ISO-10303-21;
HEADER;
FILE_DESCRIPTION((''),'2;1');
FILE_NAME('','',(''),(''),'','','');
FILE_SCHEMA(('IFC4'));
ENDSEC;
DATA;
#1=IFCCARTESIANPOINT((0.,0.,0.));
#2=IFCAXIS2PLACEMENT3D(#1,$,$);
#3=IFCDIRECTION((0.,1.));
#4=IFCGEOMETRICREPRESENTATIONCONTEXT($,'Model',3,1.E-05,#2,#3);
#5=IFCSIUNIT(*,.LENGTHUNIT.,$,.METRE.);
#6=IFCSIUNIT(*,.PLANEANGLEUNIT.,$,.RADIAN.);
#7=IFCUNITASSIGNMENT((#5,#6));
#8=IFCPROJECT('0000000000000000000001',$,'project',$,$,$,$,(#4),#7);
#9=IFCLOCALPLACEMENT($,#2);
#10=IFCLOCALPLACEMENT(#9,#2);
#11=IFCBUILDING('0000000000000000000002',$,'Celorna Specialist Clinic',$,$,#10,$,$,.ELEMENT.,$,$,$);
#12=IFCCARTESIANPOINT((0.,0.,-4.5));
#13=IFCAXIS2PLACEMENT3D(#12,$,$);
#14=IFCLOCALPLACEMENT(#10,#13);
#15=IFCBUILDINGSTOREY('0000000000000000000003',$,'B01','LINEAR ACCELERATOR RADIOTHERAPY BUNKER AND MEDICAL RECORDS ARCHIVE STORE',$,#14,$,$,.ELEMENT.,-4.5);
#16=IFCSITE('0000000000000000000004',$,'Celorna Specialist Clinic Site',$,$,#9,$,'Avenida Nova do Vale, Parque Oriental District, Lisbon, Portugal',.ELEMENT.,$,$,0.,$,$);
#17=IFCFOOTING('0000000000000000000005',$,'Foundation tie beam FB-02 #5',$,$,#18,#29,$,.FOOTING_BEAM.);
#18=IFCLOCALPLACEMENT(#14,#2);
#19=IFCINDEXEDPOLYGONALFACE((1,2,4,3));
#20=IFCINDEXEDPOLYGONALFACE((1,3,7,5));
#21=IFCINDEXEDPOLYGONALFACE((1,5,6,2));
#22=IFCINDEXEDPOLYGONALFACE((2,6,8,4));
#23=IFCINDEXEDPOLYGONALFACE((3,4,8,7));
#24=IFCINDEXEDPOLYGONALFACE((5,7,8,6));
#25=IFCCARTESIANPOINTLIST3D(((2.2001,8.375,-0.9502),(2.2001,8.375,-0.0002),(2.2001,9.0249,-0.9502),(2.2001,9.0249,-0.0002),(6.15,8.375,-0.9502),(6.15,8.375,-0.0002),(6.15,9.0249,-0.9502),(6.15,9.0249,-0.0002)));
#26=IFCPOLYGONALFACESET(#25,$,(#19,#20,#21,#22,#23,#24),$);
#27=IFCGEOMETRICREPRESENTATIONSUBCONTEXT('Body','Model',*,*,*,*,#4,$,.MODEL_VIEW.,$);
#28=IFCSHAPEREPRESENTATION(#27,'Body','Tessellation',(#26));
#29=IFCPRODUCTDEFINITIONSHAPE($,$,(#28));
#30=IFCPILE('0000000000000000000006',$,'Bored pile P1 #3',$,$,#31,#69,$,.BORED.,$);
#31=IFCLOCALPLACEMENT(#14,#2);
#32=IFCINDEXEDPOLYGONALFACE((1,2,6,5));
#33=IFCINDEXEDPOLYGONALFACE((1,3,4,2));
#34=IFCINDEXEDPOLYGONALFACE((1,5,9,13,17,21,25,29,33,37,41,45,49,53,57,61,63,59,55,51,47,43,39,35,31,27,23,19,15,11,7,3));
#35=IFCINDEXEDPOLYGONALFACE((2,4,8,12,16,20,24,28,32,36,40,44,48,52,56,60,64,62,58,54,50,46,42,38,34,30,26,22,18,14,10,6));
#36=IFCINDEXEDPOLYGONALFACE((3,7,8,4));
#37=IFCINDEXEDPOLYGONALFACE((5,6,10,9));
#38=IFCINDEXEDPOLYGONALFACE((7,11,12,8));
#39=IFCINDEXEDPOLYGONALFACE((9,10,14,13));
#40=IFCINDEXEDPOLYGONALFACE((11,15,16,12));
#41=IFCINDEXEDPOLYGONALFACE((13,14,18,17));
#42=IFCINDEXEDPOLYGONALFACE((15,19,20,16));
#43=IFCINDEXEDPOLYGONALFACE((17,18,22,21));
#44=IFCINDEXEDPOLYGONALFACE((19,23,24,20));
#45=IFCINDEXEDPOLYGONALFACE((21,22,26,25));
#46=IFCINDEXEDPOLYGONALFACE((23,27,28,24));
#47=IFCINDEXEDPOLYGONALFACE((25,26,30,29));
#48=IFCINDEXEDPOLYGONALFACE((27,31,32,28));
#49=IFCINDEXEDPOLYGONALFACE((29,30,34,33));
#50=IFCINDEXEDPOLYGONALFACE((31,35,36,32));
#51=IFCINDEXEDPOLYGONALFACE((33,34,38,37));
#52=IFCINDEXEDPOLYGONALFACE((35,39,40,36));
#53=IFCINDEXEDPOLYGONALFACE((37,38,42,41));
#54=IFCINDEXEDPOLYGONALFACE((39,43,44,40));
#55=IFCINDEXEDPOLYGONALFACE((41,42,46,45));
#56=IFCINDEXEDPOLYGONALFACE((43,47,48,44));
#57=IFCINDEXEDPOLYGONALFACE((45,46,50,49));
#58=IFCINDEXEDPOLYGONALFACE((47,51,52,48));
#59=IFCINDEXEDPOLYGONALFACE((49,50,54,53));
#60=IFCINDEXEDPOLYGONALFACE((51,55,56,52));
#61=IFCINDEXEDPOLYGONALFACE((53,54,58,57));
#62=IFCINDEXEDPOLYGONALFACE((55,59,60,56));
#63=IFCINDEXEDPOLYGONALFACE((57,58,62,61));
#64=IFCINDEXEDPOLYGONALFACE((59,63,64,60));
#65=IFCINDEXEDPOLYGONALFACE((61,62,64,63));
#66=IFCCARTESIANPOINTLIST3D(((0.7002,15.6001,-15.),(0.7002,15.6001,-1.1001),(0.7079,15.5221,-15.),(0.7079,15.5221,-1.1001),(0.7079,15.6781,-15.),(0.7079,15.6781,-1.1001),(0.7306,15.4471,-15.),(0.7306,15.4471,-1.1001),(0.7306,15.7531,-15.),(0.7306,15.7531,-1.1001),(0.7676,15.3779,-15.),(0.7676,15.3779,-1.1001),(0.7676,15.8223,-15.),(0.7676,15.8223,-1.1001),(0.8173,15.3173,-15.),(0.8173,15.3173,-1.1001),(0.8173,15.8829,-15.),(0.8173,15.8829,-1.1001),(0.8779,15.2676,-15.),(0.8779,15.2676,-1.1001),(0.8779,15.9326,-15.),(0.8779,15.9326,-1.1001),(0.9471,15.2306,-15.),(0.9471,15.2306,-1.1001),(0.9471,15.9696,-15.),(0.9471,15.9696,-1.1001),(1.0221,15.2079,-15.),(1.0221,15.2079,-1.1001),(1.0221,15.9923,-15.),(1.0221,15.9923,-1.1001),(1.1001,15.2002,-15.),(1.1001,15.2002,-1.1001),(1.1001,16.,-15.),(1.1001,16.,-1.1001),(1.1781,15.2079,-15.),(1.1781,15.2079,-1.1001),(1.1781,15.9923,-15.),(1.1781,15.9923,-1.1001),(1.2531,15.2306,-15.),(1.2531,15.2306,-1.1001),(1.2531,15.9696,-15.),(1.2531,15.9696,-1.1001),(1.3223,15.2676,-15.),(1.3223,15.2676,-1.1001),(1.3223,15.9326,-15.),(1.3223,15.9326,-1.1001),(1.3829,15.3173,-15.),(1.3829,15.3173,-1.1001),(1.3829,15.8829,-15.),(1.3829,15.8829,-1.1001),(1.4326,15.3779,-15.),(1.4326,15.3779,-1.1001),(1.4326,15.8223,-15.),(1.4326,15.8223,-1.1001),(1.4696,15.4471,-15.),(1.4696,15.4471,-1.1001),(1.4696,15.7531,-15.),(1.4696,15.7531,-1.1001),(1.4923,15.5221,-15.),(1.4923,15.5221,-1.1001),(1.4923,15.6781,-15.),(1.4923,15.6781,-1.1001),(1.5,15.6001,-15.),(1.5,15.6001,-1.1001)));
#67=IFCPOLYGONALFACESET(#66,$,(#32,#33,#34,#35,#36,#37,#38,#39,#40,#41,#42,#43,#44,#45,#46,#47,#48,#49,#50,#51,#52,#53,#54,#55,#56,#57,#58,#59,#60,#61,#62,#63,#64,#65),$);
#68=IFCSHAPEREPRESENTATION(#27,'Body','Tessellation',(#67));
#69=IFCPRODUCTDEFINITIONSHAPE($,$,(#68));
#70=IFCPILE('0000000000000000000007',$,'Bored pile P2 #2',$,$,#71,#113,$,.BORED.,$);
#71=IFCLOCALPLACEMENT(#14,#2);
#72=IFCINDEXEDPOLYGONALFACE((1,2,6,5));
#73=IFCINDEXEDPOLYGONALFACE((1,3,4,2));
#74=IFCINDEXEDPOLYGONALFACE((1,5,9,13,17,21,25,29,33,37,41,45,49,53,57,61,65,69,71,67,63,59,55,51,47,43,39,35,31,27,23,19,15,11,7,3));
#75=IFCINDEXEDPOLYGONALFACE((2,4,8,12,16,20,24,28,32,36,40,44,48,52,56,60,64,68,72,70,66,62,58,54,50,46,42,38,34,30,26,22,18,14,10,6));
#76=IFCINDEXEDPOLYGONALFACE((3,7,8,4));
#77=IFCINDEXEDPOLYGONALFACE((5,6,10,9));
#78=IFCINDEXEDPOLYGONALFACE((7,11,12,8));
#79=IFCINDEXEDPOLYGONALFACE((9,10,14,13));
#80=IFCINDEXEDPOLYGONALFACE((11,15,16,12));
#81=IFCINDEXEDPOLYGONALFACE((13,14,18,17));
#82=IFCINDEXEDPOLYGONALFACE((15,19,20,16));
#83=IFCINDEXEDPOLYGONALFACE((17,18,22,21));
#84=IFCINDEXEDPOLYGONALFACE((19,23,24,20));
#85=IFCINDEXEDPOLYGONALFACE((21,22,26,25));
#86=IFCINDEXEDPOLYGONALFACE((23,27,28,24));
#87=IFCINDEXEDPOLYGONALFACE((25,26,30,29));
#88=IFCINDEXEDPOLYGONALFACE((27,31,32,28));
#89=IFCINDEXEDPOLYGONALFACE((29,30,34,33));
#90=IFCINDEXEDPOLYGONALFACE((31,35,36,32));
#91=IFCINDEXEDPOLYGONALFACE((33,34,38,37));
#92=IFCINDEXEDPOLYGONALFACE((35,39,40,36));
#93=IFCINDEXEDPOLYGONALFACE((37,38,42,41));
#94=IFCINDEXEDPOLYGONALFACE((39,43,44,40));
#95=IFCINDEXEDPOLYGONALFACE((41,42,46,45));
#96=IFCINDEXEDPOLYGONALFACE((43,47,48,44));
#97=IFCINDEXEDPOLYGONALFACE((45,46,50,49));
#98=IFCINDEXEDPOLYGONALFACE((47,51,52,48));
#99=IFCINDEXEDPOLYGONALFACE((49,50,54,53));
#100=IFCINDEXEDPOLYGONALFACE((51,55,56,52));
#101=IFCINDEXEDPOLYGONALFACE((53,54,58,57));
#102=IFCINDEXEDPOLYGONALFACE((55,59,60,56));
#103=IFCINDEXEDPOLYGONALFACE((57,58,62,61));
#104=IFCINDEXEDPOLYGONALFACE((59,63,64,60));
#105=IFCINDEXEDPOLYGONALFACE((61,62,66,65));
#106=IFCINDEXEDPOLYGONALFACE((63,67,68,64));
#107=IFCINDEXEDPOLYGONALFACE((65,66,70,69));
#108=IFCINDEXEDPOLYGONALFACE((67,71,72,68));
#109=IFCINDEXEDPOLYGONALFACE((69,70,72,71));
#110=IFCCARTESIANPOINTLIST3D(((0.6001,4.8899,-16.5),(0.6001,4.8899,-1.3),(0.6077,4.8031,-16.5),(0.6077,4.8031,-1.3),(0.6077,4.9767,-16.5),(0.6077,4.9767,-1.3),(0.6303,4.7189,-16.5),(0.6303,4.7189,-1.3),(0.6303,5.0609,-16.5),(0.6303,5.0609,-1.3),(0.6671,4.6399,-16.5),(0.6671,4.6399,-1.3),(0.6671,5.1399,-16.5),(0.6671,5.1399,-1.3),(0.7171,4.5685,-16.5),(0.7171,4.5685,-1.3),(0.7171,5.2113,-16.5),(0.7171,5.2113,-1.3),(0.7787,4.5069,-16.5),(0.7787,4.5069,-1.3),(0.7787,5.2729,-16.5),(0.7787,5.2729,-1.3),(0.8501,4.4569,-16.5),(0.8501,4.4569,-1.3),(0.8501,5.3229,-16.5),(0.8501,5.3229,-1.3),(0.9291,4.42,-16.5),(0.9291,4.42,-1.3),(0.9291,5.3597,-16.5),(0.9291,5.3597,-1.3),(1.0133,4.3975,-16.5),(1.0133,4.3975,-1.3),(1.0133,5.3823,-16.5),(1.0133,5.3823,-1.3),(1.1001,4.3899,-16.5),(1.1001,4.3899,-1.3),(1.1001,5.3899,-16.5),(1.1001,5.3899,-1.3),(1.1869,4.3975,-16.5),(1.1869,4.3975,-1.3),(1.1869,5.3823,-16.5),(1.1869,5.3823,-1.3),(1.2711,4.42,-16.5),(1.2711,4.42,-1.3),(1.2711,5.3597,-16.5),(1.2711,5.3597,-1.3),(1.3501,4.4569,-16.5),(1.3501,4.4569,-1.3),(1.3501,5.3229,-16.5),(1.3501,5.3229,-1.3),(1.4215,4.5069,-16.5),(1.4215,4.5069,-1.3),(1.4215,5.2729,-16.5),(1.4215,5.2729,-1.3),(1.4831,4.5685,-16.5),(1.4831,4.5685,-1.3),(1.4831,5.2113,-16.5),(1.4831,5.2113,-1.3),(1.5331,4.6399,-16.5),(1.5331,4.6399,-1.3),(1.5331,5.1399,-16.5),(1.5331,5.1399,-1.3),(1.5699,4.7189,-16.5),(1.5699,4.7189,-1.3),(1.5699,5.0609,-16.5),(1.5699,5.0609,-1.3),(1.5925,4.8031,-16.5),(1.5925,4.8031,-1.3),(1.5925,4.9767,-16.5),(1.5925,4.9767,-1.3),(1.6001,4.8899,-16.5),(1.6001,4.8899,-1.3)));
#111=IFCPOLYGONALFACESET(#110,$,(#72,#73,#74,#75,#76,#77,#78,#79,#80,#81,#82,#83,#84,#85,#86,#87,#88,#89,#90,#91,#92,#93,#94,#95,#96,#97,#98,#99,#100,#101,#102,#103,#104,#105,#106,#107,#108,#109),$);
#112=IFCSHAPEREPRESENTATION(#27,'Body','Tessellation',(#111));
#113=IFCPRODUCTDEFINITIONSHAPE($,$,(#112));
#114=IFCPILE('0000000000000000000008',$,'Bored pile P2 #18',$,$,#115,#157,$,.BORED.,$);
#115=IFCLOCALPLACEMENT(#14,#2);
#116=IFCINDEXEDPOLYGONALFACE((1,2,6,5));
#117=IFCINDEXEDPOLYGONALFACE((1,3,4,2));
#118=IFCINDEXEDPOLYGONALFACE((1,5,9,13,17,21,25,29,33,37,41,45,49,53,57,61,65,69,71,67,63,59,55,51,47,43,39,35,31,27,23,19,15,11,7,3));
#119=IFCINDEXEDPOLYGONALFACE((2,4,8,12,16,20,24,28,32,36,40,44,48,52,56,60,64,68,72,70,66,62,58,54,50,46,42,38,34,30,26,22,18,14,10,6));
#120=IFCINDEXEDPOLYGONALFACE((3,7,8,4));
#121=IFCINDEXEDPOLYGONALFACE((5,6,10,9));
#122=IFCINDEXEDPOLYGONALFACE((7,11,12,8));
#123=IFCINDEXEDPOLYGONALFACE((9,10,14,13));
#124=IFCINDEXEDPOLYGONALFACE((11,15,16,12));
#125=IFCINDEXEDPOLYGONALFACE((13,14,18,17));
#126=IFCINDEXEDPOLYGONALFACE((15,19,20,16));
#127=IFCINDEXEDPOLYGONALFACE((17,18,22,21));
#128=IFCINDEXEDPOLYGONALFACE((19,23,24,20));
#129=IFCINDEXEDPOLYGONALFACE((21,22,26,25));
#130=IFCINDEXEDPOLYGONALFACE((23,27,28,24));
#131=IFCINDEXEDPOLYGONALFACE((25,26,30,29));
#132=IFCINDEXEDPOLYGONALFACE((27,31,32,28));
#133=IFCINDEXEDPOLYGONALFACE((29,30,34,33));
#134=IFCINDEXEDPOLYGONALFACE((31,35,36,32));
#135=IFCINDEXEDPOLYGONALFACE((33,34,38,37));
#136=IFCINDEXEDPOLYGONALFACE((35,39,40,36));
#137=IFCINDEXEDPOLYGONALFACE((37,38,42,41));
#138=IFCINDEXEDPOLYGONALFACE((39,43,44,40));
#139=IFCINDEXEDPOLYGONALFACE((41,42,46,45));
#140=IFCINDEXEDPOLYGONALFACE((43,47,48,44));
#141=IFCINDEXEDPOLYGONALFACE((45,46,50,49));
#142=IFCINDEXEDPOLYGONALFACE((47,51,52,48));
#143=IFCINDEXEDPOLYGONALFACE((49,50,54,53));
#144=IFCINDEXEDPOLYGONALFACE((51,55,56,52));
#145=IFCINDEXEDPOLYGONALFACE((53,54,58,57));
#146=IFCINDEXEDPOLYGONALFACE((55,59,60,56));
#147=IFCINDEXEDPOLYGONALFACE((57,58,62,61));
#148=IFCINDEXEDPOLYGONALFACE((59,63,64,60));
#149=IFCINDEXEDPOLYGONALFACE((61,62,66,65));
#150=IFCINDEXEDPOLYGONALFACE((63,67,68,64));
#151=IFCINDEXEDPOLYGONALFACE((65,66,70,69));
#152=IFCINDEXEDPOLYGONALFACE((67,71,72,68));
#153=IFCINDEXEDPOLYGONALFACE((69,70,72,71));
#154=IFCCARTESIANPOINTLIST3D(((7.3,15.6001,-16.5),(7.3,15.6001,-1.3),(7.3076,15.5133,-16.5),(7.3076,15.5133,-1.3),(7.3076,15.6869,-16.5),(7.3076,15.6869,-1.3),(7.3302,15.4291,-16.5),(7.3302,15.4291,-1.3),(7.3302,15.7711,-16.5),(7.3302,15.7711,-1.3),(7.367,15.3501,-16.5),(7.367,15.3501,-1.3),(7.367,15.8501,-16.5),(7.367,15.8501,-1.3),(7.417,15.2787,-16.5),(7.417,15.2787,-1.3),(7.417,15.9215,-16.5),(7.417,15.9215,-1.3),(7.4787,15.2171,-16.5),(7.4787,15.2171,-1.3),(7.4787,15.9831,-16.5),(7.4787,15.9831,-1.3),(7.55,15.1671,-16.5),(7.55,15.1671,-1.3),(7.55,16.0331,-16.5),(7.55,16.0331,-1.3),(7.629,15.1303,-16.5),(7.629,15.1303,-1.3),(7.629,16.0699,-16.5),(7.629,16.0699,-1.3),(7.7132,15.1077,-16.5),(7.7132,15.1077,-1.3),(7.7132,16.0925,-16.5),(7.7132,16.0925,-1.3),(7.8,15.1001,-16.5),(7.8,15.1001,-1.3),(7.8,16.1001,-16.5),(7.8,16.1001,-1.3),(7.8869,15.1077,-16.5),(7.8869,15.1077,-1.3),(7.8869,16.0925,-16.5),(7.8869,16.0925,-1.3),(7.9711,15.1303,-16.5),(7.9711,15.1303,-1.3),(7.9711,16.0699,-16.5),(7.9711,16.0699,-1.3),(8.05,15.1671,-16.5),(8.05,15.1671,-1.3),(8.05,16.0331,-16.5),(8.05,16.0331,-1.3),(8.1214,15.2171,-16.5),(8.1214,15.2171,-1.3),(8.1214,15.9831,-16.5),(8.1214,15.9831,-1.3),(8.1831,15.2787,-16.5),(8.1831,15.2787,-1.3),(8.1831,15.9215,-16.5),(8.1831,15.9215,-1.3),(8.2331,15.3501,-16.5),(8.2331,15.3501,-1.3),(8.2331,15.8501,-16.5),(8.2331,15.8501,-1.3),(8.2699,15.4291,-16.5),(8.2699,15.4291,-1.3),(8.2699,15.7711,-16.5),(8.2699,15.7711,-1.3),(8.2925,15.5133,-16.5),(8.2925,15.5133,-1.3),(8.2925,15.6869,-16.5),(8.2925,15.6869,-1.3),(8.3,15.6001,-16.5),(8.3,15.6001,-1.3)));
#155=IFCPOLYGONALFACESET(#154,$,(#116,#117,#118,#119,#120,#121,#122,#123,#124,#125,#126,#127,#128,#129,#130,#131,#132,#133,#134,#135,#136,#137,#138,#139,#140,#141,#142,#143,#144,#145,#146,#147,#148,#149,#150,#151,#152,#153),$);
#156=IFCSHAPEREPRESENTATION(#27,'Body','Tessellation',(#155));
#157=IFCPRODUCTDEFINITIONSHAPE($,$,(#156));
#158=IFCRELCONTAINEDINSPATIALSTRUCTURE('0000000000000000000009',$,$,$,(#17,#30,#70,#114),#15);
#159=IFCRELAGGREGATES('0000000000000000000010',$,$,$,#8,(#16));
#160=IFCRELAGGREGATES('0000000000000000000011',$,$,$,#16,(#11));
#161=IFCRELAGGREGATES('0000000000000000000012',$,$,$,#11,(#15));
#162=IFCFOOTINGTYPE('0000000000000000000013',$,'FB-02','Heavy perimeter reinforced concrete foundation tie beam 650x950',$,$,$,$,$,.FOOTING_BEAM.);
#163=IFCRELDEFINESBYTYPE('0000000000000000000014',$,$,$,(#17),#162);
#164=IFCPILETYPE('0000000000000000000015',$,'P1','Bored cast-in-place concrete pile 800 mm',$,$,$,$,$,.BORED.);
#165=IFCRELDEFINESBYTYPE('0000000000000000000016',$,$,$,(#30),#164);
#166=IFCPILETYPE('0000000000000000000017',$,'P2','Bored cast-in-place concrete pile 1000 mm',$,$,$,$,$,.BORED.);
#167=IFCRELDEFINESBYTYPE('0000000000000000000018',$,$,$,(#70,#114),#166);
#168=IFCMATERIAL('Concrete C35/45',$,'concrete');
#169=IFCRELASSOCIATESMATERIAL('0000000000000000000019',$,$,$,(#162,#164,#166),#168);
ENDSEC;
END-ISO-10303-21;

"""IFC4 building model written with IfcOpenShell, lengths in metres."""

from ifc_helpers import new_model, si_unit, direction, frame, origin, origin_2d, place, context, subcontext, project, spatial, rectangle, circle, extrude, material, material_profile, profile_set, type_object, element, save


model = new_model("IFC4")

# Units and contexts
model_context = context("Model", 3, precision=1e-05, world=origin(), true_north=direction((0.0, 1.0)))
body_context = subcontext(model_context, "Body", "Model", "MODEL_VIEW")
ifc_project = project(units=[si_unit("LENGTHUNIT", "METRE"), si_unit("PLANEANGLEUNIT", "RADIAN")], contexts=[model_context])

# Site, building, storey
site_placement = place(None, origin())
site = spatial("IfcSite", under=ifc_project, at=site_placement, Name="Celorna Specialist Clinic Site", LongName="Avenida Nova do Vale, Parque Oriental District, Lisbon, Portugal", CompositionType="ELEMENT", RefElevation=0.0)
building_placement = place(site_placement, origin())
building = spatial("IfcBuilding", under=site, at=building_placement, Name="Celorna Specialist Clinic", CompositionType="ELEMENT")
storey_placement = place(building_placement, frame((0.0, 0.0, -4.5)))
storey = spatial("IfcBuildingStorey", under=building, at=storey_placement, Name="B01", Description="LINEAR ACCELERATOR RADIOTHERAPY BUNKER AND MEDICAL RECORDS ARCHIVE STORE", CompositionType="ELEMENT", Elevation=-4.5)

# Footing
ifc_material_1 = material(Name="Concrete C35/45", Category="concrete")
footing_type_1 = type_object("IfcFootingType", Name="FB-02", Description="Heavy perimeter reinforced concrete foundation tie beam 650x950", PredefinedType="FOOTING_BEAM", material=ifc_material_1)
footing_placement = place(storey_placement, frame((4.175, 8.7, -0.9502), z_axis=(0.0, 0.0, 1.0), x_axis=(1.0, 0.0, 0.0)))
element("IfcFooting", 1, at=footing_placement, inside=storey, type_object=footing_type_1, Name="Foundation tie beam FB-02 #5", PredefinedType="FOOTING_BEAM", context=body_context, shape_type="SweptSolid", body=[
    extrude(rectangle(XDim=3.95, YDim=0.6499, at=origin_2d()), origin(), (0.0, 0.0, 1.0), 0.95),
])

# Piles
ifc_material_profile_1 = material_profile(ifc_material_1, circle(Radius=0.3999, at=origin_2d()), Name="BORED PILE 800")
ifc_profile_set_1 = profile_set([ifc_material_profile_1], Name="Concrete C35/45")
pile_type_1 = type_object("IfcPileType", Name="P1", Description="Bored cast-in-place concrete pile 800 mm", PredefinedType="BORED", material=ifc_profile_set_1)
pile_1_placement = place(storey_placement, frame((1.1001, 15.6001, -1.1001), z_axis=(0.0, 0.0, -1.0), x_axis=(1.0, 0.0, 0.0)))
element("IfcPile", 2, at=pile_1_placement, inside=storey, type_object=pile_type_1, Name="Bored pile P1 #3", PredefinedType="BORED", context=body_context, shape_type="SweptSolid", body=[
    extrude(circle(Radius=0.3999, at=origin_2d()), origin(), (0.0, 0.0, 1.0), 13.8999),
])
ifc_material_profile_2 = material_profile(ifc_material_1, circle(Radius=0.5, at=origin_2d()), Name="BORED PILE 1000")
ifc_profile_set_2 = profile_set([ifc_material_profile_2], Name="Concrete C35/45")
pile_type_2 = type_object("IfcPileType", Name="P2", Description="Bored cast-in-place concrete pile 1000 mm", PredefinedType="BORED", material=ifc_profile_set_2)
for number, where, z_axis, x_axis, name in (
    (3, (1.1001, 4.8899, -1.3), (0.0, 0.0, -1.0), (1.0, 0.0, 0.0), "Bored pile P2 #2"),
    (4, (7.8, 15.6001, -1.3), (0.0, 0.0, -1.0), (1.0, 0.0, 0.0), "Bored pile P2 #18"),
):
    element("IfcPile", number, at=place(storey_placement, frame(where, z_axis=z_axis, x_axis=x_axis)), inside=storey, type_object=pile_type_2, Name=name, PredefinedType="BORED", context=body_context, shape_type="SweptSolid", body=[
        extrude(circle(Radius=0.5, at=origin_2d()), origin(), (0.0, 0.0, 1.0), 15.2),
    ])

save(model, "model.ifc")
